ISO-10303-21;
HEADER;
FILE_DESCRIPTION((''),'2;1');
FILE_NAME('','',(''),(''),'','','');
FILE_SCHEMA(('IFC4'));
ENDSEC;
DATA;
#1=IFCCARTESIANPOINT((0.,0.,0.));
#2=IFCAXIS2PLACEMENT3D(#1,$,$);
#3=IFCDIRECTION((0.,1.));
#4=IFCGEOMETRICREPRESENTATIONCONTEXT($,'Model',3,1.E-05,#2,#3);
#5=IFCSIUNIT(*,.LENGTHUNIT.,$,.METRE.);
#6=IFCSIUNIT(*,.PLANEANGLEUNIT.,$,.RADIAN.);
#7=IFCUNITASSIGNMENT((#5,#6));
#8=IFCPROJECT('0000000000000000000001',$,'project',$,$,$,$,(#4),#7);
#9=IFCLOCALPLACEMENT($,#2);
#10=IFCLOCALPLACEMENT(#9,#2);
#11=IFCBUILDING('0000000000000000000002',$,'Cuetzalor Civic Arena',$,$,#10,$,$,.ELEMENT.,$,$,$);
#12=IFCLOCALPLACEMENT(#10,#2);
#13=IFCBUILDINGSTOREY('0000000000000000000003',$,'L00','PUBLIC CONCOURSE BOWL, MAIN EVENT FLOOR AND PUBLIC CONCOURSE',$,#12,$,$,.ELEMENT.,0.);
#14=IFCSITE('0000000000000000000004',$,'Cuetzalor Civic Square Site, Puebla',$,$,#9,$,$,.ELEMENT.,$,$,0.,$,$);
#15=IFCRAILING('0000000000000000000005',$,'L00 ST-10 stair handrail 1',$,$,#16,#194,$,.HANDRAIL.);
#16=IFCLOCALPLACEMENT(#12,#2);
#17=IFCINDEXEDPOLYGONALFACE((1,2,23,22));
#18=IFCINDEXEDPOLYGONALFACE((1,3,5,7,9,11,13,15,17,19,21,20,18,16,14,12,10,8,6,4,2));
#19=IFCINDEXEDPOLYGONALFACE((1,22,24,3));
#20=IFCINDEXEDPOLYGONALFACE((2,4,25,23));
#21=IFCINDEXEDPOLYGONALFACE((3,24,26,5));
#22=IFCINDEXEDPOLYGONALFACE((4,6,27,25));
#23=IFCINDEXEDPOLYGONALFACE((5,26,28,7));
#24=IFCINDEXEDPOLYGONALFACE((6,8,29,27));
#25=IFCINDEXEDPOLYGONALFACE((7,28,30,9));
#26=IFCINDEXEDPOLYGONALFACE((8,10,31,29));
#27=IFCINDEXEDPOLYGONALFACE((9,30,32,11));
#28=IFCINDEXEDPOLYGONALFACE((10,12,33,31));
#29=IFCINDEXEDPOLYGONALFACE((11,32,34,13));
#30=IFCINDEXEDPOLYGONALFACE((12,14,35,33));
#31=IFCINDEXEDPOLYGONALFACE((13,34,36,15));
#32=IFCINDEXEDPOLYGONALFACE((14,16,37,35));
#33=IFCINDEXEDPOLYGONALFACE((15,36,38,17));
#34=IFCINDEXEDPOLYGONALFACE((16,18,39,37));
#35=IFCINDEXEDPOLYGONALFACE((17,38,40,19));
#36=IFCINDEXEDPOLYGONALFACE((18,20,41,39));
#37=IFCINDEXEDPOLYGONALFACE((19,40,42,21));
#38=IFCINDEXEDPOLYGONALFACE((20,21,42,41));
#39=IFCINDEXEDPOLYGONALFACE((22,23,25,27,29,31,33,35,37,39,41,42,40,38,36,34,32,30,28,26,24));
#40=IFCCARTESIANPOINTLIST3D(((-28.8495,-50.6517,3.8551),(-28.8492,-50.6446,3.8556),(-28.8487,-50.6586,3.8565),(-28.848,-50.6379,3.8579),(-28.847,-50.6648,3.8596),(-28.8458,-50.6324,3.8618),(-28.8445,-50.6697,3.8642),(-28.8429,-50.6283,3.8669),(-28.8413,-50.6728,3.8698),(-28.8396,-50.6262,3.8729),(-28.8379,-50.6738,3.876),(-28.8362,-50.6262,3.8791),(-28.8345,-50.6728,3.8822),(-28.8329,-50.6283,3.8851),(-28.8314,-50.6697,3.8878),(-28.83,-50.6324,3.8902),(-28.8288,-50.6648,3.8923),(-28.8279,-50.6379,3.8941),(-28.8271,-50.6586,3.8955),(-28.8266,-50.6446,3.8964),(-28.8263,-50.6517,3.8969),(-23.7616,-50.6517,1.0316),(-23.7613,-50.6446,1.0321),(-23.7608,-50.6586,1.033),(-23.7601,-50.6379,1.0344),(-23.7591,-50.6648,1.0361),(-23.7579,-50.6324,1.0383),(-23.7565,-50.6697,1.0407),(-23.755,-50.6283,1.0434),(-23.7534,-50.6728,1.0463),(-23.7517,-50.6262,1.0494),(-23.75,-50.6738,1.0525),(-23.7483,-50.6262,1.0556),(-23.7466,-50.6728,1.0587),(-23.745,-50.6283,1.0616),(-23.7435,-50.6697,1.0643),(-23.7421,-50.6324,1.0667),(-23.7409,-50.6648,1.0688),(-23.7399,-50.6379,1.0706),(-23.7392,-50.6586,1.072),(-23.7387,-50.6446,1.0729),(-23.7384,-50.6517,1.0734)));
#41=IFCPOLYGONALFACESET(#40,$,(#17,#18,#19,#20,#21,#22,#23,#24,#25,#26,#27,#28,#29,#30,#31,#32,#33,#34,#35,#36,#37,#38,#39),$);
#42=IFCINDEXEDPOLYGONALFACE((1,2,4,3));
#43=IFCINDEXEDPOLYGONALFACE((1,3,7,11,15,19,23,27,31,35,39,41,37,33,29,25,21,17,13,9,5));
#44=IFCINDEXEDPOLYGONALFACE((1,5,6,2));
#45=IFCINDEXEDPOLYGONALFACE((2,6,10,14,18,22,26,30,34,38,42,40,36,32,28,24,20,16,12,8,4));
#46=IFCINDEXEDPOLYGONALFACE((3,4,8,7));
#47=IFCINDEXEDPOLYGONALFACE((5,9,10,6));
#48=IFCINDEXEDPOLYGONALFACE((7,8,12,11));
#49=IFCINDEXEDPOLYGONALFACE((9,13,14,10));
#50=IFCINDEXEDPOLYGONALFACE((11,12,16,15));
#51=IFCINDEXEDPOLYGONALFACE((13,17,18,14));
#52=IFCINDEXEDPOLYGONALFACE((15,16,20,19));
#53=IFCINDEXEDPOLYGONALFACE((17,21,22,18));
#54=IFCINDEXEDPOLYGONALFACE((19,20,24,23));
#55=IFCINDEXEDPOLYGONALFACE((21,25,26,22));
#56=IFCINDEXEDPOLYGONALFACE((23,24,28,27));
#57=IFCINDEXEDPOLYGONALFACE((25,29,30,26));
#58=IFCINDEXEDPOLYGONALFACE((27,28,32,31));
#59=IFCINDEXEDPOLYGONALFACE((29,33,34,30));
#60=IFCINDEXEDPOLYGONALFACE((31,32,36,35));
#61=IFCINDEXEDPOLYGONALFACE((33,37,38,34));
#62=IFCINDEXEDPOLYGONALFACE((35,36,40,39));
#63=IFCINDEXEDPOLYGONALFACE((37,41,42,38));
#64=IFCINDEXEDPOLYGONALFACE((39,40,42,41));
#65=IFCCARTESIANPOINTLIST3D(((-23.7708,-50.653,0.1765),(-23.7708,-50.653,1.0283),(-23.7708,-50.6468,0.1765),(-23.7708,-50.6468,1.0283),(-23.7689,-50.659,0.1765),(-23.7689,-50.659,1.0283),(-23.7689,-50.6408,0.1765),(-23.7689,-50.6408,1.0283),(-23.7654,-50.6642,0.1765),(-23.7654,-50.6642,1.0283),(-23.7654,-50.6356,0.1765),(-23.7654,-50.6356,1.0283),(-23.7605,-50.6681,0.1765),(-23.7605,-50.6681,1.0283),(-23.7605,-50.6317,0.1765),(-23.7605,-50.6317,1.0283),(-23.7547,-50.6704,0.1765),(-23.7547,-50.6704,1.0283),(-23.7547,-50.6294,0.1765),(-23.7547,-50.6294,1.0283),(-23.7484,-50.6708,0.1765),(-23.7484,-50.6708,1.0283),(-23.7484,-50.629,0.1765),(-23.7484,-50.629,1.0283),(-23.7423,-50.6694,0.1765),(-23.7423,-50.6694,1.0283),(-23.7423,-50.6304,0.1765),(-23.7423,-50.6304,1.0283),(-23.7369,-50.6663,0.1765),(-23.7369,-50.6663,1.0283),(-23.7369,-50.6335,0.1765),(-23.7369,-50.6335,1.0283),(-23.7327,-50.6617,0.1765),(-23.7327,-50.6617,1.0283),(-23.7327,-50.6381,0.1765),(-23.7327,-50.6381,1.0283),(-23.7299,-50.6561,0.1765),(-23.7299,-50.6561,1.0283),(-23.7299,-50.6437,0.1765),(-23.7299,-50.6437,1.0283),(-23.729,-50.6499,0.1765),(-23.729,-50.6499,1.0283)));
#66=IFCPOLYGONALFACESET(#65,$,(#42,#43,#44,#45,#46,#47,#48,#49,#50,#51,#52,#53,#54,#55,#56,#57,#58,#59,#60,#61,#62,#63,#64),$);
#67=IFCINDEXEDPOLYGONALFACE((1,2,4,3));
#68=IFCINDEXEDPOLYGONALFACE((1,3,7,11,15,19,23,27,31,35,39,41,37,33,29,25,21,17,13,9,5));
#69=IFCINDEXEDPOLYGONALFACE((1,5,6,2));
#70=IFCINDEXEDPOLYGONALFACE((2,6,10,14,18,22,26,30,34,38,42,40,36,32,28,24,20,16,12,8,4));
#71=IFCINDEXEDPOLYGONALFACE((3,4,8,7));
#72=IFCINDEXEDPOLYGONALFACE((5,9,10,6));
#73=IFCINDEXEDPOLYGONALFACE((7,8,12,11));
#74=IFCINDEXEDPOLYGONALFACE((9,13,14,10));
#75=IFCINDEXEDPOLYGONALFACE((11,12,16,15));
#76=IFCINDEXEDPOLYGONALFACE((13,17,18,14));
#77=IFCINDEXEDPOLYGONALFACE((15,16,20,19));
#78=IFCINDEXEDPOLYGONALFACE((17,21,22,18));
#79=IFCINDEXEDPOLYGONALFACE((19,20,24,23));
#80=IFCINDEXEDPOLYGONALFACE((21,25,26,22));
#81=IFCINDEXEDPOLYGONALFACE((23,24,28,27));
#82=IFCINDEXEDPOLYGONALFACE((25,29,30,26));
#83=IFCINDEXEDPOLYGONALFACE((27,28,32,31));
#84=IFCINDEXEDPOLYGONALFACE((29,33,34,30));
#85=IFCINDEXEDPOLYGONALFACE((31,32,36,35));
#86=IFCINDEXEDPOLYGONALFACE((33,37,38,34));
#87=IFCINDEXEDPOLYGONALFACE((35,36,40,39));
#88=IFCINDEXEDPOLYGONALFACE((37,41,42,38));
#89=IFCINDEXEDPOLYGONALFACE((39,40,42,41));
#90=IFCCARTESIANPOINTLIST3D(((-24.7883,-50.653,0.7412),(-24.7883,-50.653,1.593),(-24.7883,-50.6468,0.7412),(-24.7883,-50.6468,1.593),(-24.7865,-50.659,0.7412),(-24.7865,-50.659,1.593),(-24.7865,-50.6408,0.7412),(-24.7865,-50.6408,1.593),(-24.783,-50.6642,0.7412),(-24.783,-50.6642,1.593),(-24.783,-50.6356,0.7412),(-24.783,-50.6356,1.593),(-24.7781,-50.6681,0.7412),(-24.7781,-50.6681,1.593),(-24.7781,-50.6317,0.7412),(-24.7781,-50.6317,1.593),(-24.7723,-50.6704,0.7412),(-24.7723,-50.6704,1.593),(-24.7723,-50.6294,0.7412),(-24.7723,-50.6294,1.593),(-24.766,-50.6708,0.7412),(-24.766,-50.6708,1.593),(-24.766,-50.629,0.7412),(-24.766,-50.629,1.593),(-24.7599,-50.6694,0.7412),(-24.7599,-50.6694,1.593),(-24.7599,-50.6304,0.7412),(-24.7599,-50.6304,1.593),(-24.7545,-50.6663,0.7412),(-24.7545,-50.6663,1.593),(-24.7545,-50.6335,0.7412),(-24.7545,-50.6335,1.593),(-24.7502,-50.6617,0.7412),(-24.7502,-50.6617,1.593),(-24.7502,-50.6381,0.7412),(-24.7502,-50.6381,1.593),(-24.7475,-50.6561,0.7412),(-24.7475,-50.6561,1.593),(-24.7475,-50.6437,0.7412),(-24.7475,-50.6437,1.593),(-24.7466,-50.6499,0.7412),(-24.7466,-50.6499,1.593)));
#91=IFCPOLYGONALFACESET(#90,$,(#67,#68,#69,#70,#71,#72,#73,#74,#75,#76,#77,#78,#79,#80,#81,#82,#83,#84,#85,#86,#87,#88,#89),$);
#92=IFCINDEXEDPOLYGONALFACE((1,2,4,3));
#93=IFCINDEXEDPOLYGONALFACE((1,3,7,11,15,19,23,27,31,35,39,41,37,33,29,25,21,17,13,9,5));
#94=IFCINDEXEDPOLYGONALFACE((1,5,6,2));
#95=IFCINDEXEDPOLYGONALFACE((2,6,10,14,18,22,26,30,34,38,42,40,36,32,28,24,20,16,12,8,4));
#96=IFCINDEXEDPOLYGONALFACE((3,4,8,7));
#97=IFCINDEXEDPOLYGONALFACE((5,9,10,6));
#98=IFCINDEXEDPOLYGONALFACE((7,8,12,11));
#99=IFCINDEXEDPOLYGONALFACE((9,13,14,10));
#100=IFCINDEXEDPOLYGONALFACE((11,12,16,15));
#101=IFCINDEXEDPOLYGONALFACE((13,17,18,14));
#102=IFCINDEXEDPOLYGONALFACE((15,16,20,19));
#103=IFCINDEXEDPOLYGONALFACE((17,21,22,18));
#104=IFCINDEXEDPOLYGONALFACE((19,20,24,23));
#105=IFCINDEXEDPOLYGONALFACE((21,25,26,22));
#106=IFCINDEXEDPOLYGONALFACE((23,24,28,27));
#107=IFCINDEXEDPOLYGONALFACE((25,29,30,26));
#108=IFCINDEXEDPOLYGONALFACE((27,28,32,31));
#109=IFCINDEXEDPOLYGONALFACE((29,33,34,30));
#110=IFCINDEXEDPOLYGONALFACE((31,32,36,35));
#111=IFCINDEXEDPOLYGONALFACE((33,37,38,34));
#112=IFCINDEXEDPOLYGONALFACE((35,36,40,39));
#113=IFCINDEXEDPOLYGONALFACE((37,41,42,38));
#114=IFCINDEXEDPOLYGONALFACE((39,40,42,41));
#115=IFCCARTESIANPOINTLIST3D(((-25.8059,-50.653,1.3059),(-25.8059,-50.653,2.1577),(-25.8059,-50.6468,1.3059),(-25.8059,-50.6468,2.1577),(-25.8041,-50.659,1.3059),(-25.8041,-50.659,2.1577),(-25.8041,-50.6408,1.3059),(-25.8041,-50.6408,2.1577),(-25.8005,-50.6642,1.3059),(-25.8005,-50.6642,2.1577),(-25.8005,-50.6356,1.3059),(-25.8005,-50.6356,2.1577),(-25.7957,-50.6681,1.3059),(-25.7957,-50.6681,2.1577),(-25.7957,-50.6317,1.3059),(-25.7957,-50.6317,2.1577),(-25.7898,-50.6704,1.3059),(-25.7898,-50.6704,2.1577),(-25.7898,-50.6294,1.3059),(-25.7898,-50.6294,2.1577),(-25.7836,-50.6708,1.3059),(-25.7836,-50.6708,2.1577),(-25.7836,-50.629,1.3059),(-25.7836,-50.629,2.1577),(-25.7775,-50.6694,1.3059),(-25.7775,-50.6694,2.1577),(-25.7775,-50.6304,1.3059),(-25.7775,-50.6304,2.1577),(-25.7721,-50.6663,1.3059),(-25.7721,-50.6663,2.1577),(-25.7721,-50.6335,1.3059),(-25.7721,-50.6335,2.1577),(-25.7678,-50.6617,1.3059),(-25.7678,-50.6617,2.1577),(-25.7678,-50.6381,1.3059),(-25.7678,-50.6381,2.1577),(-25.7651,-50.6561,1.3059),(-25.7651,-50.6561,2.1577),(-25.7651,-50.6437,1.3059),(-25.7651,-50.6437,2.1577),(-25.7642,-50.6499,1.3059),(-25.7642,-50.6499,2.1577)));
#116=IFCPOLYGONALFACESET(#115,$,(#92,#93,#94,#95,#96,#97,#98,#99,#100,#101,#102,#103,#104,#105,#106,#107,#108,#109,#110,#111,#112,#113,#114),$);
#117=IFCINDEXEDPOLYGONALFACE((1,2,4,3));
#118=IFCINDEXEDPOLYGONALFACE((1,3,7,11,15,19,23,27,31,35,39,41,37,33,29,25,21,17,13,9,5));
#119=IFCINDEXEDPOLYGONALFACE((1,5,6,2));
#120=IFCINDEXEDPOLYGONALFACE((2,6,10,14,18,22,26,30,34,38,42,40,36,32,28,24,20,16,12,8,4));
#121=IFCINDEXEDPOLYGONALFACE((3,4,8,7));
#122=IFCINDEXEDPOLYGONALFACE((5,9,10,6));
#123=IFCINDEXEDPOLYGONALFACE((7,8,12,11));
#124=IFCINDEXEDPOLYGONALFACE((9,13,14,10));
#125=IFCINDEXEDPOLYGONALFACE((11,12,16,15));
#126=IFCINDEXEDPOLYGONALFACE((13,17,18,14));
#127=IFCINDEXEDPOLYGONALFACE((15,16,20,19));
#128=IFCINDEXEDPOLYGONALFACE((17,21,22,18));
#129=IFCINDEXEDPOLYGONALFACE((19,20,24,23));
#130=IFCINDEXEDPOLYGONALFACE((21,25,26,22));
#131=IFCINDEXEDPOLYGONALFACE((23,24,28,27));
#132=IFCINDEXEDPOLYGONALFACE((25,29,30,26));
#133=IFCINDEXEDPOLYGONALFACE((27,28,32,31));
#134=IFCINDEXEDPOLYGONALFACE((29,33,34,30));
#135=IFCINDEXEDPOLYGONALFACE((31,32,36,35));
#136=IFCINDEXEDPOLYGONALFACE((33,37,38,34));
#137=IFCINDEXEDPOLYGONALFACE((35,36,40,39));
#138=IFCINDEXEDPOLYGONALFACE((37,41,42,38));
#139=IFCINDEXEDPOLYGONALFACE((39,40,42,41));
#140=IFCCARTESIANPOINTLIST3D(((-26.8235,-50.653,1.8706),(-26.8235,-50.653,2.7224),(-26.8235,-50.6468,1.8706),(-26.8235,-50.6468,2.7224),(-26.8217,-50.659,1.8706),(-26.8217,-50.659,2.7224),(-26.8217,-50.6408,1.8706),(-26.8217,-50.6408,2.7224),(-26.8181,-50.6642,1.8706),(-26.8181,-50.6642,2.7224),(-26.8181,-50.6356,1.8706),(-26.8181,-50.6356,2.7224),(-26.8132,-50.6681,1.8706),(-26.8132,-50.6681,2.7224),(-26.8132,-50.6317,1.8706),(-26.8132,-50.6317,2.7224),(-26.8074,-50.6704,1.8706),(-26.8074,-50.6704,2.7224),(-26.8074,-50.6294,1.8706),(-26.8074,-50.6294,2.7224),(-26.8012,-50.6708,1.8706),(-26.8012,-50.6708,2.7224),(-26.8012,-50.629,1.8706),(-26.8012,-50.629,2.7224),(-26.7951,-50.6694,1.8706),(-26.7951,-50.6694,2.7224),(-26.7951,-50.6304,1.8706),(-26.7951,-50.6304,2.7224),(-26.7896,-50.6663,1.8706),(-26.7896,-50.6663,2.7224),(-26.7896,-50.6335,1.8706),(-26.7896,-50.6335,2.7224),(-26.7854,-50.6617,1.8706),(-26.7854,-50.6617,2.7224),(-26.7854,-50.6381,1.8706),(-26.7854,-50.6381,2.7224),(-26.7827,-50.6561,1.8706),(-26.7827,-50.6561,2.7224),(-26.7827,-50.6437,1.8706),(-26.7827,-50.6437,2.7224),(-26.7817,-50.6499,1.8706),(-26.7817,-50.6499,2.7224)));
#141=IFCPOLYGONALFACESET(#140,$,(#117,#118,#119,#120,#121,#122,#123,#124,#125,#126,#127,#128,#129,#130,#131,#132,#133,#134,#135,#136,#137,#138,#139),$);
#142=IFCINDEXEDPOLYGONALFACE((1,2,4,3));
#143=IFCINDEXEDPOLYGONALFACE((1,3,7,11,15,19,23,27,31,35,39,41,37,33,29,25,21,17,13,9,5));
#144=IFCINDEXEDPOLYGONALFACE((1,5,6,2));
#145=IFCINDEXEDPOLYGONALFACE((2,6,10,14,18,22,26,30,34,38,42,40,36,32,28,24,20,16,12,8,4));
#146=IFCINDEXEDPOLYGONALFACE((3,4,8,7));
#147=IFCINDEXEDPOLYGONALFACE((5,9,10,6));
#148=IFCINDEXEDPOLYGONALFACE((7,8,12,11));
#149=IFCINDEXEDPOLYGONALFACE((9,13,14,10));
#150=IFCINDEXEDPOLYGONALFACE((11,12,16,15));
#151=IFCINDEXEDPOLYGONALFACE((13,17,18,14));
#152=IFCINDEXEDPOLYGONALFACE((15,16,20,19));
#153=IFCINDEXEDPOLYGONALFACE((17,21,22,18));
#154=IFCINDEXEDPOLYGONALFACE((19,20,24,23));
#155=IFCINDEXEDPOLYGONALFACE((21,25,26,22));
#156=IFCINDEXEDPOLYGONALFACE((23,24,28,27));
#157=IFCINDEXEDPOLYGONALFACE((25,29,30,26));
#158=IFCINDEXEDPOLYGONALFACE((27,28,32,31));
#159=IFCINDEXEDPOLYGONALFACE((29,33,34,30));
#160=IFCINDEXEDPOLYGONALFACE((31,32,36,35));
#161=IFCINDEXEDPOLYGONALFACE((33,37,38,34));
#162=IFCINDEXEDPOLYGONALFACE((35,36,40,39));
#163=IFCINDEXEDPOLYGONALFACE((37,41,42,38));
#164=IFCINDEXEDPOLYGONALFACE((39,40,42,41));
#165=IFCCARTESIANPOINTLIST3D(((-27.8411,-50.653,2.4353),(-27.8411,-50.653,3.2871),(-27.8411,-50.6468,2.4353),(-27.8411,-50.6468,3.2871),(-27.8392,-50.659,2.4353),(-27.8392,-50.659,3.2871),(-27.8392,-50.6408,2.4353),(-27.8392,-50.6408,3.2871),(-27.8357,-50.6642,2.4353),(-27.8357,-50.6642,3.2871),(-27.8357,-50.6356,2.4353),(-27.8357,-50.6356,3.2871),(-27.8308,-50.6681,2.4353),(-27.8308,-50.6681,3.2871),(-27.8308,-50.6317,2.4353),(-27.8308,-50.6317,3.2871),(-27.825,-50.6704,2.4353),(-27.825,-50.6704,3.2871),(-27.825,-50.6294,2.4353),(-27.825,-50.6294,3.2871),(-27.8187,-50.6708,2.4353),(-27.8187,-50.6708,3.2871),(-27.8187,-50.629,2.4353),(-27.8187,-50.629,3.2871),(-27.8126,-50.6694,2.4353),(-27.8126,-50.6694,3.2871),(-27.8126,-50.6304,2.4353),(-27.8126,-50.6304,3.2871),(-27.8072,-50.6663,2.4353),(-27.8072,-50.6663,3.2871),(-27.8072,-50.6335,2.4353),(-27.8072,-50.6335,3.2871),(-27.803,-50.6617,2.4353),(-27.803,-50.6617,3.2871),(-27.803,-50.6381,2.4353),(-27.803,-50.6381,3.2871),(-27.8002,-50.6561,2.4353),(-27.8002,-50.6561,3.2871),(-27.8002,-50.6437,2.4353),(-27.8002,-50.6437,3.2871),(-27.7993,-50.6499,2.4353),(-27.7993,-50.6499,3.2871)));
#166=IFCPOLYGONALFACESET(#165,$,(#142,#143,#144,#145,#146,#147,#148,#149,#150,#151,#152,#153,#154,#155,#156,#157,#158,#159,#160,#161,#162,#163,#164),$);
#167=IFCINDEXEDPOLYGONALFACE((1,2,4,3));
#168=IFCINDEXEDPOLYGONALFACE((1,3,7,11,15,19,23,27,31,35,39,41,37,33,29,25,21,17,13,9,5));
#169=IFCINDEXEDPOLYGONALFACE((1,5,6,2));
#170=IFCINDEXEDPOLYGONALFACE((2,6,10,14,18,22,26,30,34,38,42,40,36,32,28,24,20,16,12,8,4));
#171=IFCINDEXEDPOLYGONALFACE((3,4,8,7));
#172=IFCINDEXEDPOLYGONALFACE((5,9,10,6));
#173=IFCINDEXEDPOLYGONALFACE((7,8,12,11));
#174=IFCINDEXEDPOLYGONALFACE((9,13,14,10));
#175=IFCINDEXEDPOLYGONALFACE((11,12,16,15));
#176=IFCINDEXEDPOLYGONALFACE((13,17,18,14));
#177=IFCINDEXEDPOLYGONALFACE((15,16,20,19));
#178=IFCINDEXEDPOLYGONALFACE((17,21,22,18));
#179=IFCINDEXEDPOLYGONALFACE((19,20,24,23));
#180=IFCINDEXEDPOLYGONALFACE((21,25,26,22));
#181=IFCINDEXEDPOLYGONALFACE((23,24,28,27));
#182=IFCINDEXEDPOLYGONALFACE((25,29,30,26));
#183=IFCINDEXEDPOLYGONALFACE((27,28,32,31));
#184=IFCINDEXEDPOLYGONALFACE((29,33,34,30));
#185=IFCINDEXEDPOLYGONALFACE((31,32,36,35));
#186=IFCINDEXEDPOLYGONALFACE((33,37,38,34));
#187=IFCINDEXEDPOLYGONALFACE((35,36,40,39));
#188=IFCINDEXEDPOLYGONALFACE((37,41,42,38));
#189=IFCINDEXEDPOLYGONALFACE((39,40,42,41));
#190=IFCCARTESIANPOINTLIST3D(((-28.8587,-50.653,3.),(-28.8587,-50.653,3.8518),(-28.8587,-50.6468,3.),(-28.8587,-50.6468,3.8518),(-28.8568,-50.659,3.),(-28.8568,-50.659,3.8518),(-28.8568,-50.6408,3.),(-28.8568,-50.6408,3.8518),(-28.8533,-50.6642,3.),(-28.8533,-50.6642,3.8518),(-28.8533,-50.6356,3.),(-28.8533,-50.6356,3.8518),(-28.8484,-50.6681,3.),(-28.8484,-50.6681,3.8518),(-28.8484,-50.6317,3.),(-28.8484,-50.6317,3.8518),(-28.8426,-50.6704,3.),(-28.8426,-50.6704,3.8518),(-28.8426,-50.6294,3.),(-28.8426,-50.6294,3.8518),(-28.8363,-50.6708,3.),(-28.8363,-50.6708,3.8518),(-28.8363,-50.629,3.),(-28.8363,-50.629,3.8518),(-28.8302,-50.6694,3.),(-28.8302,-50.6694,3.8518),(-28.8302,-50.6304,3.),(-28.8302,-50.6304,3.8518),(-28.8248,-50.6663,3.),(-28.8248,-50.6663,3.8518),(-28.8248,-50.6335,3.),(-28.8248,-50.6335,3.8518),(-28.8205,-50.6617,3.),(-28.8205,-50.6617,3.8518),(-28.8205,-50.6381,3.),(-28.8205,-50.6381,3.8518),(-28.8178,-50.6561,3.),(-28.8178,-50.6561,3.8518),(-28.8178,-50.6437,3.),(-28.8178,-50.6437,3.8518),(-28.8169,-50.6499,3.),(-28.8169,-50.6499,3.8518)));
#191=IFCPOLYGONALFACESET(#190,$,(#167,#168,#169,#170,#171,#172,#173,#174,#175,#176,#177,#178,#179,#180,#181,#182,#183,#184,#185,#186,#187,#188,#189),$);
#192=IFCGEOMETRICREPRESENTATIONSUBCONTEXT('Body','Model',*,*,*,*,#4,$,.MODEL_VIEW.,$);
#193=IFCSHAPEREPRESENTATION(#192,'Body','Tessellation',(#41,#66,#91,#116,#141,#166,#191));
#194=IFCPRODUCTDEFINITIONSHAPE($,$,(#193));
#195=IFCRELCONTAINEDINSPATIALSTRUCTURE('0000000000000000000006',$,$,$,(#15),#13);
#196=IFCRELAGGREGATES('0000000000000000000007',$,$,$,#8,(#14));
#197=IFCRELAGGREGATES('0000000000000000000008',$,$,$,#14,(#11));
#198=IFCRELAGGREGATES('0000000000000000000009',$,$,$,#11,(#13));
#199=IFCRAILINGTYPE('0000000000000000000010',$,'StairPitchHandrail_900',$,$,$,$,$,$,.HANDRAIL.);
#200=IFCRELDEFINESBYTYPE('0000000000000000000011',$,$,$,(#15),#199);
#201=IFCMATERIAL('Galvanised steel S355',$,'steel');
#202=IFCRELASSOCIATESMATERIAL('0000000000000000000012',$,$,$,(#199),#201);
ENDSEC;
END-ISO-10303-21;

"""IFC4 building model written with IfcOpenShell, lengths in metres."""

from ifc_helpers import new_model, si_unit, direction, frame, origin, origin_2d, place, context, subcontext, project, spatial, circle, extrude, material, type_object, element, save


model = new_model("IFC4")

# Units and contexts
model_context = context("Model", 3, precision=1e-05, world=origin(), true_north=direction((0.0, 1.0)))
body_context = subcontext(model_context, "Body", "Model", "MODEL_VIEW")
ifc_project = project(units=[si_unit("LENGTHUNIT", "METRE"), si_unit("PLANEANGLEUNIT", "RADIAN")], contexts=[model_context])

# Site, building, storey
site_placement = place(None, origin())
site = spatial("IfcSite", under=ifc_project, at=site_placement, Name="Cuetzalor Civic Square Site, Puebla", CompositionType="ELEMENT", RefElevation=0.0)
building_placement = place(site_placement, origin())
building = spatial("IfcBuilding", under=site, at=building_placement, Name="Cuetzalor Civic Arena", CompositionType="ELEMENT")
storey_placement = place(building_placement, origin())
storey = spatial("IfcBuildingStorey", under=building, at=storey_placement, Name="L00", Description="PUBLIC CONCOURSE BOWL, MAIN EVENT FLOOR AND PUBLIC CONCOURSE", CompositionType="ELEMENT", Elevation=0.0)

# Railing
ifc_material_1 = material(Name="Galvanised steel S355", Category="steel")
railing_type_1 = type_object("IfcRailingType", Name="StairPitchHandrail_900", PredefinedType="HANDRAIL", material=ifc_material_1)
railing_1_placement = place(storey_placement, frame((-23.75, -50.6499, 0.1765)))
element("IfcRailing", 1, at=railing_1_placement, inside=storey, type_object=railing_type_1, Name="L00 ST-10 stair handrail 1", PredefinedType="HANDRAIL", context=body_context, shape_type="SweptSolid", body=[
    extrude(circle(Radius=0.0239, at=origin_2d()), frame((0.0, 0.0, 0.876), z_axis=(-0.874385, 0.0, 0.485233), x_axis=(0.0, -1.0, 0.0)), (0.0, 0.0, 1.0), 5.8188),
    extrude(circle(Radius=0.021, at=origin_2d()), origin(), (0.0, 0.0, 1.0), 0.8518),
    extrude(circle(Radius=0.021, at=origin_2d()), frame((-1.0176, 0.0, 0.5647)), (0.0, 0.0, 1.0), 0.8518),
    extrude(circle(Radius=0.021, at=origin_2d()), frame((-2.0352, 0.0, 1.1294)), (0.0, 0.0, 1.0), 0.8518),
    extrude(circle(Radius=0.021, at=origin_2d()), frame((-3.0527, 0.0, 1.6941)), (0.0, 0.0, 1.0), 0.8518),
    extrude(circle(Radius=0.021, at=origin_2d()), frame((-4.0703, 0.0, 2.2588)), (0.0, 0.0, 1.0), 0.8518),
    extrude(circle(Radius=0.021, at=origin_2d()), frame((-5.0879, 0.0, 2.8235)), (0.0, 0.0, 1.0), 0.8518),
])

save(model, "model.ifc")
